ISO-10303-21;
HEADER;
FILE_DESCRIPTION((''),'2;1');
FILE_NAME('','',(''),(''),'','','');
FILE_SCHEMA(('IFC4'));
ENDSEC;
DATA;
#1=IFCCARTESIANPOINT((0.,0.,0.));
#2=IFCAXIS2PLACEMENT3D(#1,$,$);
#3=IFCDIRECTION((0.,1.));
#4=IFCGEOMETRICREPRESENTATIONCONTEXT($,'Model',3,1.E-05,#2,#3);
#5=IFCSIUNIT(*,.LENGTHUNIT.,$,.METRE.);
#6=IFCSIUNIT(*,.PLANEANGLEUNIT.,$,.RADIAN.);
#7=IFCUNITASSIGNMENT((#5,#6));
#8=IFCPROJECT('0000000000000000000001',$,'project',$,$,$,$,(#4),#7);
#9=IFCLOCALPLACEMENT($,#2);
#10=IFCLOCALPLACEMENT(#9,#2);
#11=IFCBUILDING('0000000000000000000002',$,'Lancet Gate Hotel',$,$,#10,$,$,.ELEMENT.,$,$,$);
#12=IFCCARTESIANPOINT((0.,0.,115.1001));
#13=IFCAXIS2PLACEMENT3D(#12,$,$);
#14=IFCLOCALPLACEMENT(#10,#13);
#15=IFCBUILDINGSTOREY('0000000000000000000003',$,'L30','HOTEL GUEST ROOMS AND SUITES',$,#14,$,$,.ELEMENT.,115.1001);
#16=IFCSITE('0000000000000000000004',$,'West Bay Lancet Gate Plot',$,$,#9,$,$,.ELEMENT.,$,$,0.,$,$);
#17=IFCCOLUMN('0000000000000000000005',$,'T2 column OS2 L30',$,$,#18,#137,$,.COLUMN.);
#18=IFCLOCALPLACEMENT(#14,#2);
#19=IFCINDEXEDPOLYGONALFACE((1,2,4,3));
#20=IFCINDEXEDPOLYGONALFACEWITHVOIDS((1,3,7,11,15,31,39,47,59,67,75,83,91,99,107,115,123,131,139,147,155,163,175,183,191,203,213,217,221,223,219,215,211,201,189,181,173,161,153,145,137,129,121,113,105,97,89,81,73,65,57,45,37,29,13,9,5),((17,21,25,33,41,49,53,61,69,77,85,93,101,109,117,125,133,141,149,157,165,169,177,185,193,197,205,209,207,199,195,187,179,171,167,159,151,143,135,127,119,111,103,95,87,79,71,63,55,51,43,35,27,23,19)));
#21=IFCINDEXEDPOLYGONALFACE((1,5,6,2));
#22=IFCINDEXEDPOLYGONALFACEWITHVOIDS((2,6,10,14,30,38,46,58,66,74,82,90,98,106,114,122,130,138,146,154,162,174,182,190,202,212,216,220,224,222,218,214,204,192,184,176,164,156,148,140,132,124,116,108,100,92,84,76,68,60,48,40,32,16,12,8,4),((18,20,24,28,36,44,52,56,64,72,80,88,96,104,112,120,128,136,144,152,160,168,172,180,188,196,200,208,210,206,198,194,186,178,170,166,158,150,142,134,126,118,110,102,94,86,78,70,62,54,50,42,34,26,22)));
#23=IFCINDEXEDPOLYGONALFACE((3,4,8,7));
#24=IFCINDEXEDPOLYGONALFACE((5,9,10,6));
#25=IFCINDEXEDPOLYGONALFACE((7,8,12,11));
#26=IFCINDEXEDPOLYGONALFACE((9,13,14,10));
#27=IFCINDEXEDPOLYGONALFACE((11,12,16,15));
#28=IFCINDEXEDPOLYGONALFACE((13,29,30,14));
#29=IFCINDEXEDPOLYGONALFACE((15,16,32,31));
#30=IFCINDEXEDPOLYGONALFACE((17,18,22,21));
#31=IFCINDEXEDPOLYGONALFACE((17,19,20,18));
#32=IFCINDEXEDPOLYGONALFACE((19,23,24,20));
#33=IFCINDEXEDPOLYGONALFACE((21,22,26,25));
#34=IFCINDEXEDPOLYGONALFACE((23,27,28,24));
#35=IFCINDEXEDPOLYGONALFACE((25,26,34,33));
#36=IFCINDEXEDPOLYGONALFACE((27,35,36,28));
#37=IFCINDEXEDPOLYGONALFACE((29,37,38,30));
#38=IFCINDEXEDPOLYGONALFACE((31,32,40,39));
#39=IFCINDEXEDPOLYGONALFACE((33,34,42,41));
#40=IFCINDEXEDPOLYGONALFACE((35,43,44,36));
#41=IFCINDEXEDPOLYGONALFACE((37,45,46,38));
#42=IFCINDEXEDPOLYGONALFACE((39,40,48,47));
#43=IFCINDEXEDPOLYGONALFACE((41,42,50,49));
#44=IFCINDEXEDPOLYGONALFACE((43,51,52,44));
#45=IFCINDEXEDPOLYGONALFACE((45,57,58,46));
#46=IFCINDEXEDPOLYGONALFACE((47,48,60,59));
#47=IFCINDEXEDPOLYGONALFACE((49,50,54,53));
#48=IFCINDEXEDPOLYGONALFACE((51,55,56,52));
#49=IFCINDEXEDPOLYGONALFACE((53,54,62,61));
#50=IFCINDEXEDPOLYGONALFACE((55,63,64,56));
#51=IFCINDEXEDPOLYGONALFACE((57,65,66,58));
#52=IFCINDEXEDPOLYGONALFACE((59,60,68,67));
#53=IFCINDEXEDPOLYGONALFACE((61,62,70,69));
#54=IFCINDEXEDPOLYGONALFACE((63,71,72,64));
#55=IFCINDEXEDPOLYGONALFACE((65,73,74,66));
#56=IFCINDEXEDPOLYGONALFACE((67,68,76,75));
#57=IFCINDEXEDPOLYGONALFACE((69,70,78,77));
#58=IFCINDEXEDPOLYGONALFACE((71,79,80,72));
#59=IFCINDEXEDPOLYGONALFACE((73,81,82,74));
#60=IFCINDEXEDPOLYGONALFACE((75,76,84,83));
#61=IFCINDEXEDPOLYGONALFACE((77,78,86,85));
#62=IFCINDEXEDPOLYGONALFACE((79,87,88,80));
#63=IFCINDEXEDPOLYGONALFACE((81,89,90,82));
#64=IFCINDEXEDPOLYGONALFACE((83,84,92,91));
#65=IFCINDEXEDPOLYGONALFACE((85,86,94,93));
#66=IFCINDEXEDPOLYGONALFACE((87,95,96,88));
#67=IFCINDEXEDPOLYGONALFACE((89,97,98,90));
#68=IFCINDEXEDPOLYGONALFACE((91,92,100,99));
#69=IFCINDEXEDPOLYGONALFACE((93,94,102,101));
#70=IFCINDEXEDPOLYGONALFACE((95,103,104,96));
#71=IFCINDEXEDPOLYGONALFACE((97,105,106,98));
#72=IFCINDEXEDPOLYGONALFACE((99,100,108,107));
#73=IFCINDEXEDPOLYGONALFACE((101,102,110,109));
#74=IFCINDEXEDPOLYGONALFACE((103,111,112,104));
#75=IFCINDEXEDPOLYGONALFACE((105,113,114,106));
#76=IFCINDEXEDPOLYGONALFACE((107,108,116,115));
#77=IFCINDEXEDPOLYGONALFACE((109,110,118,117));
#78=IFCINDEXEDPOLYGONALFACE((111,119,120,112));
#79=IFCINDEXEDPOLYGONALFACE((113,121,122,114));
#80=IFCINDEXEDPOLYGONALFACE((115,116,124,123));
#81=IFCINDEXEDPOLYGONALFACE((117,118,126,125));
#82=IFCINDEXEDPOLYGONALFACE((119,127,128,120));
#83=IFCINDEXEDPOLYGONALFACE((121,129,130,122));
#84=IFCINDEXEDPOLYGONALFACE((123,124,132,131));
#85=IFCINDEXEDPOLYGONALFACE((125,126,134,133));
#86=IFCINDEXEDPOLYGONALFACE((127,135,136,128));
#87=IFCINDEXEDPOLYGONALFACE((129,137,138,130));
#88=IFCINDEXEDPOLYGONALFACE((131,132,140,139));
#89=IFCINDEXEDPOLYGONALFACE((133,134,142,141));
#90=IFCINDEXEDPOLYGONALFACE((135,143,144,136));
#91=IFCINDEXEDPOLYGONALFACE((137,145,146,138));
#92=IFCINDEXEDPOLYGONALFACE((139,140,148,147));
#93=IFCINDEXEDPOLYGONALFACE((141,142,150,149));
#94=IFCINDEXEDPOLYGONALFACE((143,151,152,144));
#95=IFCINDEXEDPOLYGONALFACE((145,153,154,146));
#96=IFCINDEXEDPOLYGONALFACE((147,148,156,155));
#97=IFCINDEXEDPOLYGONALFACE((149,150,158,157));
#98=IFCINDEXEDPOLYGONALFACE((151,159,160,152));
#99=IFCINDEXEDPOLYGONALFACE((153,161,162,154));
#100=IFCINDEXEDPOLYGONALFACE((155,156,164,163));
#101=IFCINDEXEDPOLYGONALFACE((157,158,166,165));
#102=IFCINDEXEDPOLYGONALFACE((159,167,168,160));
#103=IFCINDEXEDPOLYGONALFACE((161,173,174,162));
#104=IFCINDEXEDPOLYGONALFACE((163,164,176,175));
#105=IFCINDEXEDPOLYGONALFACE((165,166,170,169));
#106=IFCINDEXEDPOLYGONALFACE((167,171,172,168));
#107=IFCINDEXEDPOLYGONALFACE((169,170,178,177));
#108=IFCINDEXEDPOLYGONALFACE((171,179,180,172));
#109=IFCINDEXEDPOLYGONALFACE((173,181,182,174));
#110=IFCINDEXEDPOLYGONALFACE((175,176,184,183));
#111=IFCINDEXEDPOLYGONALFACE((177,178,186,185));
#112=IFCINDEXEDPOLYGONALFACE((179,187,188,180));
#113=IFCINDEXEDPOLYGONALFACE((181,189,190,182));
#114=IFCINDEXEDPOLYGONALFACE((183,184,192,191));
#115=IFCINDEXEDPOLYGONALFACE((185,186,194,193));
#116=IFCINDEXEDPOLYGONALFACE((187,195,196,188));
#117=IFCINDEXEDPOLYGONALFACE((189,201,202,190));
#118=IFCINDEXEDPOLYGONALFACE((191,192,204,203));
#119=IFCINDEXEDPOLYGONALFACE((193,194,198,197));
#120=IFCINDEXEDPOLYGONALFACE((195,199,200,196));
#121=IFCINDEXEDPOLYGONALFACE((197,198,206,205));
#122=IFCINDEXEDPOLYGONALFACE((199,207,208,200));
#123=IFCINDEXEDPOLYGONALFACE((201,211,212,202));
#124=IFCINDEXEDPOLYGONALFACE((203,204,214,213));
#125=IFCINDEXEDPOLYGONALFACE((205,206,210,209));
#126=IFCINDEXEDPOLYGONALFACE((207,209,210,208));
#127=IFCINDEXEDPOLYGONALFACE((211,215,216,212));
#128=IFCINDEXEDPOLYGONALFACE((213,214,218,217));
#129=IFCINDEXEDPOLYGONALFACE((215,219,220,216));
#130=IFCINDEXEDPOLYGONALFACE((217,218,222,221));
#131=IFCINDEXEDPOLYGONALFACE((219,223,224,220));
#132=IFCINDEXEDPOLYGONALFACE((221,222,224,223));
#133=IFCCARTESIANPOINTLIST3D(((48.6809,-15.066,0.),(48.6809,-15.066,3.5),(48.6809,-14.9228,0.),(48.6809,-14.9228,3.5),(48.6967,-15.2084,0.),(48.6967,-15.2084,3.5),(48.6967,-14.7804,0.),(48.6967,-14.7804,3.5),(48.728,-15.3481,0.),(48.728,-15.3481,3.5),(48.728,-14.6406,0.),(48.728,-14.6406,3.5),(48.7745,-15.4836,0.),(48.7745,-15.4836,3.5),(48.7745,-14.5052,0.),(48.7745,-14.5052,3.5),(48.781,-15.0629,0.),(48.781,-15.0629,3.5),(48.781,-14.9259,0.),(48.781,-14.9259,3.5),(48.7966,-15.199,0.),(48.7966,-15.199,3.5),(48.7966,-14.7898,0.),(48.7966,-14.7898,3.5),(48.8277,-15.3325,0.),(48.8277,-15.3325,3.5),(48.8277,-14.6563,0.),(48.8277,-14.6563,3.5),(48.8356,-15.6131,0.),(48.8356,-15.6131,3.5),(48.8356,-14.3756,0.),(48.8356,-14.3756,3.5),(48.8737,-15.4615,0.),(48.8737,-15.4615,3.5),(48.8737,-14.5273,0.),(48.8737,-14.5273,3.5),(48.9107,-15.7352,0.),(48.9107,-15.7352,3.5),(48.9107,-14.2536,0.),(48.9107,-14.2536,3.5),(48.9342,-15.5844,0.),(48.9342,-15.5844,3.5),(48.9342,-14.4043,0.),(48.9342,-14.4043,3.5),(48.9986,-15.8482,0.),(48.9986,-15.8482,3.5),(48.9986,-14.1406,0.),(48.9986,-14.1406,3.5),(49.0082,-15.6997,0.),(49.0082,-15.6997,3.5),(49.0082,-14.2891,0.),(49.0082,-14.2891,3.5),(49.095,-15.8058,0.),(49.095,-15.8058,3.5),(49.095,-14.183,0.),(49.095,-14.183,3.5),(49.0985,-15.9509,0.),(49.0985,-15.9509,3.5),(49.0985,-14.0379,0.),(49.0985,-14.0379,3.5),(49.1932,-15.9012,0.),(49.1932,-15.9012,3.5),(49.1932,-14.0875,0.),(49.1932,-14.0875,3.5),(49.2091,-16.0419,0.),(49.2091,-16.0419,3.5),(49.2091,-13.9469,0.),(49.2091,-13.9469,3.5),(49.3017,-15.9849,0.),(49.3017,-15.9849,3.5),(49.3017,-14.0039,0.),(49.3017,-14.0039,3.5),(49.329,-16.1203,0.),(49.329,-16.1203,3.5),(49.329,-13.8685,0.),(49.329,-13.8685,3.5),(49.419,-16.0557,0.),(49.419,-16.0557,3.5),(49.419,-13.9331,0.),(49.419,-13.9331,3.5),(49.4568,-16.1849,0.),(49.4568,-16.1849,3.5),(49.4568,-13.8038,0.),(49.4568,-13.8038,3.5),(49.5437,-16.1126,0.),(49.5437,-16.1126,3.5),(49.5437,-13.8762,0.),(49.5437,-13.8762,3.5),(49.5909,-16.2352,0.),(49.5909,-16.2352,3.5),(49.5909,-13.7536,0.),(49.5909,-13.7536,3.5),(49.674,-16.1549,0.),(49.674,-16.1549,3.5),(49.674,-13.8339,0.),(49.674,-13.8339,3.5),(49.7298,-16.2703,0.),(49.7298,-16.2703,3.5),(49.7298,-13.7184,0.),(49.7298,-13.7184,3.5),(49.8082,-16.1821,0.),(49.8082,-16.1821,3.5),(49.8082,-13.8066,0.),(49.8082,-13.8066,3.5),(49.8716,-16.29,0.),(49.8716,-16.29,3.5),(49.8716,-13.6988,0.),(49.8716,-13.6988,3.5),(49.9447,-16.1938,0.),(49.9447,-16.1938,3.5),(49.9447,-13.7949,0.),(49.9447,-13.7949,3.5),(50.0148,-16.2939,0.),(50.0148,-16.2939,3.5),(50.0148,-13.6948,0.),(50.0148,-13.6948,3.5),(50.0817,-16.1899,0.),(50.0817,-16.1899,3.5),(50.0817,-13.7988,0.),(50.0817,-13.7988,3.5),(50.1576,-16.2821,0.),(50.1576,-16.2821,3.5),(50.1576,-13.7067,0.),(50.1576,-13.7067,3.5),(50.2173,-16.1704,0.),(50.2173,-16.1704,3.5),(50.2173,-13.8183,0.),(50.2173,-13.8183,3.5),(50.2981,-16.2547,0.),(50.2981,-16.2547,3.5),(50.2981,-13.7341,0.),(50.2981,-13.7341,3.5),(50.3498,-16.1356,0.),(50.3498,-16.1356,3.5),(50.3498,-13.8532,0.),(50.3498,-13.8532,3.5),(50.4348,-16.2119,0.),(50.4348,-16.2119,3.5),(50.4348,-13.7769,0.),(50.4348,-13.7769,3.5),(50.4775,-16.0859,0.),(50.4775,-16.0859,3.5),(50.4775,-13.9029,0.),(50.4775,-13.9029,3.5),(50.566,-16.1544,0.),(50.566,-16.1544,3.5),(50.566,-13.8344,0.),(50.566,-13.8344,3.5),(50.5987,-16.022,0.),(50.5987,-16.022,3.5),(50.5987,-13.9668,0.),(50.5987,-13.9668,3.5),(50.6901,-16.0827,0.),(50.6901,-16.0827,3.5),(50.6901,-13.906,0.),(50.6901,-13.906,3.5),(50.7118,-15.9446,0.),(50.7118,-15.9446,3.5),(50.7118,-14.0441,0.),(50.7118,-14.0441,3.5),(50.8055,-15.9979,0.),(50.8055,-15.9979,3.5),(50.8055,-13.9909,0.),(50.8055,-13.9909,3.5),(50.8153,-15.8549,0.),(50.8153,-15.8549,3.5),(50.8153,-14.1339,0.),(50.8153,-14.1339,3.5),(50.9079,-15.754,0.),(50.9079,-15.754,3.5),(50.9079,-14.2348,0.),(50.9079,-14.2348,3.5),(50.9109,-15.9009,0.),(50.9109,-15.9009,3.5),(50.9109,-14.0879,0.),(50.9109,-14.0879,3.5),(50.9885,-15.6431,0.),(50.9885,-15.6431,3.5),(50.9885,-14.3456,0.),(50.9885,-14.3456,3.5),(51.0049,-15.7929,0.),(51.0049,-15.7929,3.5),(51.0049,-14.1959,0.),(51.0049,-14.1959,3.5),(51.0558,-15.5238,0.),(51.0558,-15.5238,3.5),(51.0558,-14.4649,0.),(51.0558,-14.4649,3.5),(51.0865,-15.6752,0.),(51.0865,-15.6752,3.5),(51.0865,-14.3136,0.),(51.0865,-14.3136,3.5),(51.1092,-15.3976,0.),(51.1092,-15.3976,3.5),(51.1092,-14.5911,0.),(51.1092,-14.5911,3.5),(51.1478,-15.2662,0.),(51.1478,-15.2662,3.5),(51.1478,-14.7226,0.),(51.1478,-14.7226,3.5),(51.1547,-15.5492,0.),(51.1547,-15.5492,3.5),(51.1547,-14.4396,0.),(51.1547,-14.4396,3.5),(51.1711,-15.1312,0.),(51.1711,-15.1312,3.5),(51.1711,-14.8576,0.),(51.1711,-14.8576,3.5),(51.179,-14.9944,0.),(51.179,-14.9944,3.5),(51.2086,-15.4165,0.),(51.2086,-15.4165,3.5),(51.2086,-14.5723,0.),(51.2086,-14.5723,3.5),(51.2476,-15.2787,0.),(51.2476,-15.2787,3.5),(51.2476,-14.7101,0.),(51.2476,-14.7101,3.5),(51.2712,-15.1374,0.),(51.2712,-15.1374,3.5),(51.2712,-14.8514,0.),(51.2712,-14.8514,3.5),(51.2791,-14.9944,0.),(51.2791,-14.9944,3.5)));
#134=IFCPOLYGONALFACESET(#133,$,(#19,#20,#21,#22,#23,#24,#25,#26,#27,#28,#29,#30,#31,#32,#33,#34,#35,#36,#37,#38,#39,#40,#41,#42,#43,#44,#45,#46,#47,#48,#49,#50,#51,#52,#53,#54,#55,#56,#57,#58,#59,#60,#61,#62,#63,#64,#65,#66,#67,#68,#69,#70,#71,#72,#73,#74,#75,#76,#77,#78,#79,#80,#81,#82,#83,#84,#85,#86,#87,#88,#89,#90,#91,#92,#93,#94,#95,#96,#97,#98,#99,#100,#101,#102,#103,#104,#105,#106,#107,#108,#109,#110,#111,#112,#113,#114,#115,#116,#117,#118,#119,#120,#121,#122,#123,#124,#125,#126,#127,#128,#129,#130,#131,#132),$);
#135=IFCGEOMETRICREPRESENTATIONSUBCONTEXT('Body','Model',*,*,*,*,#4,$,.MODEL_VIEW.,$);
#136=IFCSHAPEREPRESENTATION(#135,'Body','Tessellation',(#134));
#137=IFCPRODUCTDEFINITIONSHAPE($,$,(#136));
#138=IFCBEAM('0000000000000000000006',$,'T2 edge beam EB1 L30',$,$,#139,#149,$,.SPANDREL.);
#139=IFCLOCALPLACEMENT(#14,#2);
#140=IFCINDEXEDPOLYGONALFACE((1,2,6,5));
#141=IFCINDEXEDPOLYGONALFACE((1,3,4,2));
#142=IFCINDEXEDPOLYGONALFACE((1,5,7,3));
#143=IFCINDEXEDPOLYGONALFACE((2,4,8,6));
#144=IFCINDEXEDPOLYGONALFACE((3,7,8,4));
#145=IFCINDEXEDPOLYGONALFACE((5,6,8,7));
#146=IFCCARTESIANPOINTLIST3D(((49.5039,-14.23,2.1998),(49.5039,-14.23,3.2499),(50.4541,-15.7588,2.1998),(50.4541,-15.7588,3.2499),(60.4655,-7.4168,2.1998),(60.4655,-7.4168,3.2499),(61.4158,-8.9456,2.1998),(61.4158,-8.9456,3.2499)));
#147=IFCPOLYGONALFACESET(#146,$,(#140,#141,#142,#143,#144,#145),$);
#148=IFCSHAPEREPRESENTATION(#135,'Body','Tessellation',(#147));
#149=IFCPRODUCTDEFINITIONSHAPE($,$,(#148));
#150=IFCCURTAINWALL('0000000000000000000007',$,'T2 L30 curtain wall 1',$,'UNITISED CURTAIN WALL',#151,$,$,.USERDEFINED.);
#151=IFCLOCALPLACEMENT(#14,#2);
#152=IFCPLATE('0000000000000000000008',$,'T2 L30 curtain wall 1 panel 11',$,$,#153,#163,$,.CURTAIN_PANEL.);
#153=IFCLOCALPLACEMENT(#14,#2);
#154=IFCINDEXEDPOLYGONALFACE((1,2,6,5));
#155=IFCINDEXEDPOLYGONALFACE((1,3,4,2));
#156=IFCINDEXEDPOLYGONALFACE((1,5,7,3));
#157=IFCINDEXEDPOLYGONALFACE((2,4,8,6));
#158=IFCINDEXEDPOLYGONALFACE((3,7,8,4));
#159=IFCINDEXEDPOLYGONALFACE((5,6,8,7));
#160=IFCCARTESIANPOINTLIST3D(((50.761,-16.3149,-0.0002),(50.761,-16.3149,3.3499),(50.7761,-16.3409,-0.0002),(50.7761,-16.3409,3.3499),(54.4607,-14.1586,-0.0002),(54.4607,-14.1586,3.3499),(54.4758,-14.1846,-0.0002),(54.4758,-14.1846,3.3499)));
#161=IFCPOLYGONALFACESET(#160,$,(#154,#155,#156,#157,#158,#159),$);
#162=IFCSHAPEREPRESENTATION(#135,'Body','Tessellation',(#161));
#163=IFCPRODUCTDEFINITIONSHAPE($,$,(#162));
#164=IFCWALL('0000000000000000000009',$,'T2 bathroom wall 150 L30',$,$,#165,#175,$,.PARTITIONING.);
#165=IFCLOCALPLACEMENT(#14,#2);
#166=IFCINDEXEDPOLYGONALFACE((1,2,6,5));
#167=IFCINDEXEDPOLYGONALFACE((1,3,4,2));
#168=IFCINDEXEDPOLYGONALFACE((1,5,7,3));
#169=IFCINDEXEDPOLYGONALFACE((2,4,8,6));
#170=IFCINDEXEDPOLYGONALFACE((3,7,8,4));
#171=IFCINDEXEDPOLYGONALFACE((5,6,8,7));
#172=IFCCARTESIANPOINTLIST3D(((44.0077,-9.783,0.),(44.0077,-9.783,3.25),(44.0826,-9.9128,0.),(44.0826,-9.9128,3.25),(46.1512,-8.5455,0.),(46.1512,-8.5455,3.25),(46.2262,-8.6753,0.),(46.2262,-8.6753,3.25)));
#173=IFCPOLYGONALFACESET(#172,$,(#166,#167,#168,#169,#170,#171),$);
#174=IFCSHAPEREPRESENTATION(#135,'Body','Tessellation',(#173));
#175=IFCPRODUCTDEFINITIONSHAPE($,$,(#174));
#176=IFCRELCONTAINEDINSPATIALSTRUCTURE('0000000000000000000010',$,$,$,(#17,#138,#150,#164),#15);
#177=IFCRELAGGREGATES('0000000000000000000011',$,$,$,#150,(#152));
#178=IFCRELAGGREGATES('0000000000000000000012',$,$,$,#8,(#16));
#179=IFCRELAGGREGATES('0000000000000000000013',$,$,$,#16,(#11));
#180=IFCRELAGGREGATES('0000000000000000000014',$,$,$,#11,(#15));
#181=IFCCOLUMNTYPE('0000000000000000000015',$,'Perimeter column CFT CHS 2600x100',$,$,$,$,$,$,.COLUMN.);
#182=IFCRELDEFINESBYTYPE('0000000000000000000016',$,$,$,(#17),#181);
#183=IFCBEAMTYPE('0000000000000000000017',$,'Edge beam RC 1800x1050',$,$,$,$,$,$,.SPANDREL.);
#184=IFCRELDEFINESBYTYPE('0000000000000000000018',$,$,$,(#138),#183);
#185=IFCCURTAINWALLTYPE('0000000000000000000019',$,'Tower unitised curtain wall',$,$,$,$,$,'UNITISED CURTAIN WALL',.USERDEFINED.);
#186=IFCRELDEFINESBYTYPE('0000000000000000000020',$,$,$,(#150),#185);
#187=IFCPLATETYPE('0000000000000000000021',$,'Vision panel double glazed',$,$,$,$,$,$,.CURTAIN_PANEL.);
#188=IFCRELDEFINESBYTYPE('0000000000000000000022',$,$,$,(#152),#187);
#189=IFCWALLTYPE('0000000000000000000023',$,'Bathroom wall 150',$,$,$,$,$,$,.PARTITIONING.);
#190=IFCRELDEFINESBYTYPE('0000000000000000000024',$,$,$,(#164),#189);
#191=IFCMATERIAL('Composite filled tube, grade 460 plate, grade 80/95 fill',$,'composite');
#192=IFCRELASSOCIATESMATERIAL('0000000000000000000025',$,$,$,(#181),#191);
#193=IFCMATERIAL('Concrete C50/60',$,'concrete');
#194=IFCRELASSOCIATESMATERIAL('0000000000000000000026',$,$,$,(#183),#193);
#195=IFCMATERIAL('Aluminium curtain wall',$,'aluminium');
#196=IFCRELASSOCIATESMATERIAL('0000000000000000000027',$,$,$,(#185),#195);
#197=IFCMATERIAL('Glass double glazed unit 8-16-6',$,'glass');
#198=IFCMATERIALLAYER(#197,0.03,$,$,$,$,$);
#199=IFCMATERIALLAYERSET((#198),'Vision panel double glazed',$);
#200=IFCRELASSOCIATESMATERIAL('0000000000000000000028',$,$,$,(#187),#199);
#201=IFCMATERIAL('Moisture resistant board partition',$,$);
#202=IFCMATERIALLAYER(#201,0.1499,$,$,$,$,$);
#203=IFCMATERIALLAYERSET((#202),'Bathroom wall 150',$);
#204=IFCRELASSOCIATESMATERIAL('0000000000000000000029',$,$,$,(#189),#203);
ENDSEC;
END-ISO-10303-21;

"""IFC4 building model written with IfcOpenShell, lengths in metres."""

from ifc_helpers import new_model, si_unit, direction, frame, frame_2d, origin, origin_2d, place, context, subcontext, project, spatial, rectangle, hollow_circle, extrude, material, layer, layer_set, material_profile, profile_set, type_object, element, aggregate, save


model = new_model("IFC4")

# Units and contexts
model_context = context("Model", 3, precision=1e-05, world=origin(), true_north=direction((0.0, 1.0)))
body_context = subcontext(model_context, "Body", "Model", "MODEL_VIEW")
ifc_project = project(units=[si_unit("LENGTHUNIT", "METRE"), si_unit("PLANEANGLEUNIT", "RADIAN")], contexts=[model_context])

# Site, building, storey
site_placement = place(None, origin())
site = spatial("IfcSite", under=ifc_project, at=site_placement, Name="West Bay Lancet Gate Plot", CompositionType="ELEMENT", RefElevation=0.0)
building_placement = place(site_placement, origin())
building = spatial("IfcBuilding", under=site, at=building_placement, Name="Lancet Gate Hotel", CompositionType="ELEMENT")
storey_placement = place(building_placement, frame((0.0, 0.0, 115.1001)))
storey = spatial("IfcBuildingStorey", under=building, at=storey_placement, Name="L30", Description="HOTEL GUEST ROOMS AND SUITES", CompositionType="ELEMENT", Elevation=115.1001)

# Column
ifc_material_1 = material(Name="Composite filled tube, grade 460 plate, grade 80/95 fill", Category="composite")
ifc_material_profile_1 = material_profile(ifc_material_1, hollow_circle(Radius=1.3, WallThickness=0.1001, at=origin_2d()), Name="CHS 2600x100")
ifc_profile_set_1 = profile_set([ifc_material_profile_1], Name="Composite filled tube, grade 460 plate, grade 80/95 fill")
column_type = type_object("IfcColumnType", Name="Perimeter column CFT CHS 2600x100", PredefinedType="COLUMN", material=ifc_profile_set_1)
column_placement = place(storey_placement, frame((49.979, -14.9944, 0.0), z_axis=(0.0, 0.0, 1.0), x_axis=(1.0, 0.0, 0.0)))
element("IfcColumn", 1, at=column_placement, inside=storey, type_object=column_type, Name="T2 column OS2 L30", PredefinedType="COLUMN", context=body_context, shape_type="SweptSolid", body=[
    extrude(hollow_circle(Radius=1.3, WallThickness=0.1001, at=origin_2d()), origin(), (0.0, 0.0, 1.0), 3.5),
])

# Beam
ifc_material_2 = material(Name="Concrete C50/60", Category="concrete")
ifc_material_profile_2 = material_profile(ifc_material_2, rectangle(XDim=1.8, YDim=1.05, at=origin_2d()), Name="RC 1800x1050")
ifc_profile_set_2 = profile_set([ifc_material_profile_2], Name="Concrete C50/60")
beam_type = type_object("IfcBeamType", Name="Edge beam RC 1800x1050", PredefinedType="SPANDREL", material=ifc_profile_set_2)
beam_placement = place(storey_placement, frame((49.979, -14.9944, 2.7249), z_axis=(0.849312, 0.527891, 0.0), x_axis=(-0.527891, 0.849312, 0.0)))
element("IfcBeam", 2, at=beam_placement, inside=storey, type_object=beam_type, Name="T2 edge beam EB1 L30", PredefinedType="SPANDREL", context=body_context, shape_type="SweptSolid", body=[
    extrude(rectangle(XDim=1.8, YDim=1.05, at=origin_2d()), origin(), (0.0, 0.0, 1.0), 12.9065),
])

# Curtain wall, plate
ifc_material_3 = material(Name="Aluminium curtain wall", Category="aluminium")
curtain_wall_type = type_object("IfcCurtainWallType", Name="Tower unitised curtain wall", ElementType="UNITISED CURTAIN WALL", PredefinedType="USERDEFINED", material=ifc_material_3)
curtain_wall_placement = place(storey_placement, origin())
curtain_wall = element("IfcCurtainWall", 3, at=curtain_wall_placement, inside=storey, type_object=curtain_wall_type, Name="T2 L30 curtain wall 1", ObjectType="UNITISED CURTAIN WALL", PredefinedType="USERDEFINED")
ifc_material_4 = material(Name="Glass double glazed unit 8-16-6", Category="glass")
ifc_layer_1 = layer(ifc_material_4, 0.03)
ifc_layer_set_1 = layer_set([ifc_layer_1], Name="Vision panel double glazed")
plate_type = type_object("IfcPlateType", Name="Vision panel double glazed", PredefinedType="CURTAIN_PANEL", material=ifc_layer_set_1)
plate_placement = place(storey_placement, frame((52.6184, -15.2498, -0.0002), z_axis=(0.0, 0.0, 1.0), x_axis=(0.863966, 0.503551, 0.0)))
plate = element("IfcPlate", 4, at=plate_placement, type_object=plate_type, Name="T2 L30 curtain wall 1 panel 11", PredefinedType="CURTAIN_PANEL", context=body_context, shape_type="SweptSolid", body=[
    extrude(rectangle(XDim=4.2822, YDim=0.03, at=origin_2d()), origin(), (0.0, 0.0, 1.0), 3.3501),
])
aggregate(curtain_wall, [plate])

# Wall
ifc_material_5 = material(Name="Moisture resistant board partition")
ifc_layer_2 = layer(ifc_material_5, 0.1499)
ifc_layer_set_2 = layer_set([ifc_layer_2], Name="Bathroom wall 150")
wall_type_1 = type_object("IfcWallType", Name="Bathroom wall 150", PredefinedType="PARTITIONING", material=ifc_layer_set_2)
wall_1_placement = place(storey_placement, frame((44.0452, -9.8479, 0.0), z_axis=(0.0, 0.0, 1.0), x_axis=(0.866031, 0.49999, 0.0)))
element("IfcWall", 5, at=wall_1_placement, inside=storey, type_object=wall_type_1, Name="T2 bathroom wall 150 L30", PredefinedType="PARTITIONING", context=body_context, shape_type="SweptSolid", body=[
    extrude(rectangle(XDim=2.4751, YDim=0.1499, at=frame_2d((1.2375, 0.0))), origin(), (0.0, 0.0, 1.0), 3.25),
])

save(model, "model.ifc")
